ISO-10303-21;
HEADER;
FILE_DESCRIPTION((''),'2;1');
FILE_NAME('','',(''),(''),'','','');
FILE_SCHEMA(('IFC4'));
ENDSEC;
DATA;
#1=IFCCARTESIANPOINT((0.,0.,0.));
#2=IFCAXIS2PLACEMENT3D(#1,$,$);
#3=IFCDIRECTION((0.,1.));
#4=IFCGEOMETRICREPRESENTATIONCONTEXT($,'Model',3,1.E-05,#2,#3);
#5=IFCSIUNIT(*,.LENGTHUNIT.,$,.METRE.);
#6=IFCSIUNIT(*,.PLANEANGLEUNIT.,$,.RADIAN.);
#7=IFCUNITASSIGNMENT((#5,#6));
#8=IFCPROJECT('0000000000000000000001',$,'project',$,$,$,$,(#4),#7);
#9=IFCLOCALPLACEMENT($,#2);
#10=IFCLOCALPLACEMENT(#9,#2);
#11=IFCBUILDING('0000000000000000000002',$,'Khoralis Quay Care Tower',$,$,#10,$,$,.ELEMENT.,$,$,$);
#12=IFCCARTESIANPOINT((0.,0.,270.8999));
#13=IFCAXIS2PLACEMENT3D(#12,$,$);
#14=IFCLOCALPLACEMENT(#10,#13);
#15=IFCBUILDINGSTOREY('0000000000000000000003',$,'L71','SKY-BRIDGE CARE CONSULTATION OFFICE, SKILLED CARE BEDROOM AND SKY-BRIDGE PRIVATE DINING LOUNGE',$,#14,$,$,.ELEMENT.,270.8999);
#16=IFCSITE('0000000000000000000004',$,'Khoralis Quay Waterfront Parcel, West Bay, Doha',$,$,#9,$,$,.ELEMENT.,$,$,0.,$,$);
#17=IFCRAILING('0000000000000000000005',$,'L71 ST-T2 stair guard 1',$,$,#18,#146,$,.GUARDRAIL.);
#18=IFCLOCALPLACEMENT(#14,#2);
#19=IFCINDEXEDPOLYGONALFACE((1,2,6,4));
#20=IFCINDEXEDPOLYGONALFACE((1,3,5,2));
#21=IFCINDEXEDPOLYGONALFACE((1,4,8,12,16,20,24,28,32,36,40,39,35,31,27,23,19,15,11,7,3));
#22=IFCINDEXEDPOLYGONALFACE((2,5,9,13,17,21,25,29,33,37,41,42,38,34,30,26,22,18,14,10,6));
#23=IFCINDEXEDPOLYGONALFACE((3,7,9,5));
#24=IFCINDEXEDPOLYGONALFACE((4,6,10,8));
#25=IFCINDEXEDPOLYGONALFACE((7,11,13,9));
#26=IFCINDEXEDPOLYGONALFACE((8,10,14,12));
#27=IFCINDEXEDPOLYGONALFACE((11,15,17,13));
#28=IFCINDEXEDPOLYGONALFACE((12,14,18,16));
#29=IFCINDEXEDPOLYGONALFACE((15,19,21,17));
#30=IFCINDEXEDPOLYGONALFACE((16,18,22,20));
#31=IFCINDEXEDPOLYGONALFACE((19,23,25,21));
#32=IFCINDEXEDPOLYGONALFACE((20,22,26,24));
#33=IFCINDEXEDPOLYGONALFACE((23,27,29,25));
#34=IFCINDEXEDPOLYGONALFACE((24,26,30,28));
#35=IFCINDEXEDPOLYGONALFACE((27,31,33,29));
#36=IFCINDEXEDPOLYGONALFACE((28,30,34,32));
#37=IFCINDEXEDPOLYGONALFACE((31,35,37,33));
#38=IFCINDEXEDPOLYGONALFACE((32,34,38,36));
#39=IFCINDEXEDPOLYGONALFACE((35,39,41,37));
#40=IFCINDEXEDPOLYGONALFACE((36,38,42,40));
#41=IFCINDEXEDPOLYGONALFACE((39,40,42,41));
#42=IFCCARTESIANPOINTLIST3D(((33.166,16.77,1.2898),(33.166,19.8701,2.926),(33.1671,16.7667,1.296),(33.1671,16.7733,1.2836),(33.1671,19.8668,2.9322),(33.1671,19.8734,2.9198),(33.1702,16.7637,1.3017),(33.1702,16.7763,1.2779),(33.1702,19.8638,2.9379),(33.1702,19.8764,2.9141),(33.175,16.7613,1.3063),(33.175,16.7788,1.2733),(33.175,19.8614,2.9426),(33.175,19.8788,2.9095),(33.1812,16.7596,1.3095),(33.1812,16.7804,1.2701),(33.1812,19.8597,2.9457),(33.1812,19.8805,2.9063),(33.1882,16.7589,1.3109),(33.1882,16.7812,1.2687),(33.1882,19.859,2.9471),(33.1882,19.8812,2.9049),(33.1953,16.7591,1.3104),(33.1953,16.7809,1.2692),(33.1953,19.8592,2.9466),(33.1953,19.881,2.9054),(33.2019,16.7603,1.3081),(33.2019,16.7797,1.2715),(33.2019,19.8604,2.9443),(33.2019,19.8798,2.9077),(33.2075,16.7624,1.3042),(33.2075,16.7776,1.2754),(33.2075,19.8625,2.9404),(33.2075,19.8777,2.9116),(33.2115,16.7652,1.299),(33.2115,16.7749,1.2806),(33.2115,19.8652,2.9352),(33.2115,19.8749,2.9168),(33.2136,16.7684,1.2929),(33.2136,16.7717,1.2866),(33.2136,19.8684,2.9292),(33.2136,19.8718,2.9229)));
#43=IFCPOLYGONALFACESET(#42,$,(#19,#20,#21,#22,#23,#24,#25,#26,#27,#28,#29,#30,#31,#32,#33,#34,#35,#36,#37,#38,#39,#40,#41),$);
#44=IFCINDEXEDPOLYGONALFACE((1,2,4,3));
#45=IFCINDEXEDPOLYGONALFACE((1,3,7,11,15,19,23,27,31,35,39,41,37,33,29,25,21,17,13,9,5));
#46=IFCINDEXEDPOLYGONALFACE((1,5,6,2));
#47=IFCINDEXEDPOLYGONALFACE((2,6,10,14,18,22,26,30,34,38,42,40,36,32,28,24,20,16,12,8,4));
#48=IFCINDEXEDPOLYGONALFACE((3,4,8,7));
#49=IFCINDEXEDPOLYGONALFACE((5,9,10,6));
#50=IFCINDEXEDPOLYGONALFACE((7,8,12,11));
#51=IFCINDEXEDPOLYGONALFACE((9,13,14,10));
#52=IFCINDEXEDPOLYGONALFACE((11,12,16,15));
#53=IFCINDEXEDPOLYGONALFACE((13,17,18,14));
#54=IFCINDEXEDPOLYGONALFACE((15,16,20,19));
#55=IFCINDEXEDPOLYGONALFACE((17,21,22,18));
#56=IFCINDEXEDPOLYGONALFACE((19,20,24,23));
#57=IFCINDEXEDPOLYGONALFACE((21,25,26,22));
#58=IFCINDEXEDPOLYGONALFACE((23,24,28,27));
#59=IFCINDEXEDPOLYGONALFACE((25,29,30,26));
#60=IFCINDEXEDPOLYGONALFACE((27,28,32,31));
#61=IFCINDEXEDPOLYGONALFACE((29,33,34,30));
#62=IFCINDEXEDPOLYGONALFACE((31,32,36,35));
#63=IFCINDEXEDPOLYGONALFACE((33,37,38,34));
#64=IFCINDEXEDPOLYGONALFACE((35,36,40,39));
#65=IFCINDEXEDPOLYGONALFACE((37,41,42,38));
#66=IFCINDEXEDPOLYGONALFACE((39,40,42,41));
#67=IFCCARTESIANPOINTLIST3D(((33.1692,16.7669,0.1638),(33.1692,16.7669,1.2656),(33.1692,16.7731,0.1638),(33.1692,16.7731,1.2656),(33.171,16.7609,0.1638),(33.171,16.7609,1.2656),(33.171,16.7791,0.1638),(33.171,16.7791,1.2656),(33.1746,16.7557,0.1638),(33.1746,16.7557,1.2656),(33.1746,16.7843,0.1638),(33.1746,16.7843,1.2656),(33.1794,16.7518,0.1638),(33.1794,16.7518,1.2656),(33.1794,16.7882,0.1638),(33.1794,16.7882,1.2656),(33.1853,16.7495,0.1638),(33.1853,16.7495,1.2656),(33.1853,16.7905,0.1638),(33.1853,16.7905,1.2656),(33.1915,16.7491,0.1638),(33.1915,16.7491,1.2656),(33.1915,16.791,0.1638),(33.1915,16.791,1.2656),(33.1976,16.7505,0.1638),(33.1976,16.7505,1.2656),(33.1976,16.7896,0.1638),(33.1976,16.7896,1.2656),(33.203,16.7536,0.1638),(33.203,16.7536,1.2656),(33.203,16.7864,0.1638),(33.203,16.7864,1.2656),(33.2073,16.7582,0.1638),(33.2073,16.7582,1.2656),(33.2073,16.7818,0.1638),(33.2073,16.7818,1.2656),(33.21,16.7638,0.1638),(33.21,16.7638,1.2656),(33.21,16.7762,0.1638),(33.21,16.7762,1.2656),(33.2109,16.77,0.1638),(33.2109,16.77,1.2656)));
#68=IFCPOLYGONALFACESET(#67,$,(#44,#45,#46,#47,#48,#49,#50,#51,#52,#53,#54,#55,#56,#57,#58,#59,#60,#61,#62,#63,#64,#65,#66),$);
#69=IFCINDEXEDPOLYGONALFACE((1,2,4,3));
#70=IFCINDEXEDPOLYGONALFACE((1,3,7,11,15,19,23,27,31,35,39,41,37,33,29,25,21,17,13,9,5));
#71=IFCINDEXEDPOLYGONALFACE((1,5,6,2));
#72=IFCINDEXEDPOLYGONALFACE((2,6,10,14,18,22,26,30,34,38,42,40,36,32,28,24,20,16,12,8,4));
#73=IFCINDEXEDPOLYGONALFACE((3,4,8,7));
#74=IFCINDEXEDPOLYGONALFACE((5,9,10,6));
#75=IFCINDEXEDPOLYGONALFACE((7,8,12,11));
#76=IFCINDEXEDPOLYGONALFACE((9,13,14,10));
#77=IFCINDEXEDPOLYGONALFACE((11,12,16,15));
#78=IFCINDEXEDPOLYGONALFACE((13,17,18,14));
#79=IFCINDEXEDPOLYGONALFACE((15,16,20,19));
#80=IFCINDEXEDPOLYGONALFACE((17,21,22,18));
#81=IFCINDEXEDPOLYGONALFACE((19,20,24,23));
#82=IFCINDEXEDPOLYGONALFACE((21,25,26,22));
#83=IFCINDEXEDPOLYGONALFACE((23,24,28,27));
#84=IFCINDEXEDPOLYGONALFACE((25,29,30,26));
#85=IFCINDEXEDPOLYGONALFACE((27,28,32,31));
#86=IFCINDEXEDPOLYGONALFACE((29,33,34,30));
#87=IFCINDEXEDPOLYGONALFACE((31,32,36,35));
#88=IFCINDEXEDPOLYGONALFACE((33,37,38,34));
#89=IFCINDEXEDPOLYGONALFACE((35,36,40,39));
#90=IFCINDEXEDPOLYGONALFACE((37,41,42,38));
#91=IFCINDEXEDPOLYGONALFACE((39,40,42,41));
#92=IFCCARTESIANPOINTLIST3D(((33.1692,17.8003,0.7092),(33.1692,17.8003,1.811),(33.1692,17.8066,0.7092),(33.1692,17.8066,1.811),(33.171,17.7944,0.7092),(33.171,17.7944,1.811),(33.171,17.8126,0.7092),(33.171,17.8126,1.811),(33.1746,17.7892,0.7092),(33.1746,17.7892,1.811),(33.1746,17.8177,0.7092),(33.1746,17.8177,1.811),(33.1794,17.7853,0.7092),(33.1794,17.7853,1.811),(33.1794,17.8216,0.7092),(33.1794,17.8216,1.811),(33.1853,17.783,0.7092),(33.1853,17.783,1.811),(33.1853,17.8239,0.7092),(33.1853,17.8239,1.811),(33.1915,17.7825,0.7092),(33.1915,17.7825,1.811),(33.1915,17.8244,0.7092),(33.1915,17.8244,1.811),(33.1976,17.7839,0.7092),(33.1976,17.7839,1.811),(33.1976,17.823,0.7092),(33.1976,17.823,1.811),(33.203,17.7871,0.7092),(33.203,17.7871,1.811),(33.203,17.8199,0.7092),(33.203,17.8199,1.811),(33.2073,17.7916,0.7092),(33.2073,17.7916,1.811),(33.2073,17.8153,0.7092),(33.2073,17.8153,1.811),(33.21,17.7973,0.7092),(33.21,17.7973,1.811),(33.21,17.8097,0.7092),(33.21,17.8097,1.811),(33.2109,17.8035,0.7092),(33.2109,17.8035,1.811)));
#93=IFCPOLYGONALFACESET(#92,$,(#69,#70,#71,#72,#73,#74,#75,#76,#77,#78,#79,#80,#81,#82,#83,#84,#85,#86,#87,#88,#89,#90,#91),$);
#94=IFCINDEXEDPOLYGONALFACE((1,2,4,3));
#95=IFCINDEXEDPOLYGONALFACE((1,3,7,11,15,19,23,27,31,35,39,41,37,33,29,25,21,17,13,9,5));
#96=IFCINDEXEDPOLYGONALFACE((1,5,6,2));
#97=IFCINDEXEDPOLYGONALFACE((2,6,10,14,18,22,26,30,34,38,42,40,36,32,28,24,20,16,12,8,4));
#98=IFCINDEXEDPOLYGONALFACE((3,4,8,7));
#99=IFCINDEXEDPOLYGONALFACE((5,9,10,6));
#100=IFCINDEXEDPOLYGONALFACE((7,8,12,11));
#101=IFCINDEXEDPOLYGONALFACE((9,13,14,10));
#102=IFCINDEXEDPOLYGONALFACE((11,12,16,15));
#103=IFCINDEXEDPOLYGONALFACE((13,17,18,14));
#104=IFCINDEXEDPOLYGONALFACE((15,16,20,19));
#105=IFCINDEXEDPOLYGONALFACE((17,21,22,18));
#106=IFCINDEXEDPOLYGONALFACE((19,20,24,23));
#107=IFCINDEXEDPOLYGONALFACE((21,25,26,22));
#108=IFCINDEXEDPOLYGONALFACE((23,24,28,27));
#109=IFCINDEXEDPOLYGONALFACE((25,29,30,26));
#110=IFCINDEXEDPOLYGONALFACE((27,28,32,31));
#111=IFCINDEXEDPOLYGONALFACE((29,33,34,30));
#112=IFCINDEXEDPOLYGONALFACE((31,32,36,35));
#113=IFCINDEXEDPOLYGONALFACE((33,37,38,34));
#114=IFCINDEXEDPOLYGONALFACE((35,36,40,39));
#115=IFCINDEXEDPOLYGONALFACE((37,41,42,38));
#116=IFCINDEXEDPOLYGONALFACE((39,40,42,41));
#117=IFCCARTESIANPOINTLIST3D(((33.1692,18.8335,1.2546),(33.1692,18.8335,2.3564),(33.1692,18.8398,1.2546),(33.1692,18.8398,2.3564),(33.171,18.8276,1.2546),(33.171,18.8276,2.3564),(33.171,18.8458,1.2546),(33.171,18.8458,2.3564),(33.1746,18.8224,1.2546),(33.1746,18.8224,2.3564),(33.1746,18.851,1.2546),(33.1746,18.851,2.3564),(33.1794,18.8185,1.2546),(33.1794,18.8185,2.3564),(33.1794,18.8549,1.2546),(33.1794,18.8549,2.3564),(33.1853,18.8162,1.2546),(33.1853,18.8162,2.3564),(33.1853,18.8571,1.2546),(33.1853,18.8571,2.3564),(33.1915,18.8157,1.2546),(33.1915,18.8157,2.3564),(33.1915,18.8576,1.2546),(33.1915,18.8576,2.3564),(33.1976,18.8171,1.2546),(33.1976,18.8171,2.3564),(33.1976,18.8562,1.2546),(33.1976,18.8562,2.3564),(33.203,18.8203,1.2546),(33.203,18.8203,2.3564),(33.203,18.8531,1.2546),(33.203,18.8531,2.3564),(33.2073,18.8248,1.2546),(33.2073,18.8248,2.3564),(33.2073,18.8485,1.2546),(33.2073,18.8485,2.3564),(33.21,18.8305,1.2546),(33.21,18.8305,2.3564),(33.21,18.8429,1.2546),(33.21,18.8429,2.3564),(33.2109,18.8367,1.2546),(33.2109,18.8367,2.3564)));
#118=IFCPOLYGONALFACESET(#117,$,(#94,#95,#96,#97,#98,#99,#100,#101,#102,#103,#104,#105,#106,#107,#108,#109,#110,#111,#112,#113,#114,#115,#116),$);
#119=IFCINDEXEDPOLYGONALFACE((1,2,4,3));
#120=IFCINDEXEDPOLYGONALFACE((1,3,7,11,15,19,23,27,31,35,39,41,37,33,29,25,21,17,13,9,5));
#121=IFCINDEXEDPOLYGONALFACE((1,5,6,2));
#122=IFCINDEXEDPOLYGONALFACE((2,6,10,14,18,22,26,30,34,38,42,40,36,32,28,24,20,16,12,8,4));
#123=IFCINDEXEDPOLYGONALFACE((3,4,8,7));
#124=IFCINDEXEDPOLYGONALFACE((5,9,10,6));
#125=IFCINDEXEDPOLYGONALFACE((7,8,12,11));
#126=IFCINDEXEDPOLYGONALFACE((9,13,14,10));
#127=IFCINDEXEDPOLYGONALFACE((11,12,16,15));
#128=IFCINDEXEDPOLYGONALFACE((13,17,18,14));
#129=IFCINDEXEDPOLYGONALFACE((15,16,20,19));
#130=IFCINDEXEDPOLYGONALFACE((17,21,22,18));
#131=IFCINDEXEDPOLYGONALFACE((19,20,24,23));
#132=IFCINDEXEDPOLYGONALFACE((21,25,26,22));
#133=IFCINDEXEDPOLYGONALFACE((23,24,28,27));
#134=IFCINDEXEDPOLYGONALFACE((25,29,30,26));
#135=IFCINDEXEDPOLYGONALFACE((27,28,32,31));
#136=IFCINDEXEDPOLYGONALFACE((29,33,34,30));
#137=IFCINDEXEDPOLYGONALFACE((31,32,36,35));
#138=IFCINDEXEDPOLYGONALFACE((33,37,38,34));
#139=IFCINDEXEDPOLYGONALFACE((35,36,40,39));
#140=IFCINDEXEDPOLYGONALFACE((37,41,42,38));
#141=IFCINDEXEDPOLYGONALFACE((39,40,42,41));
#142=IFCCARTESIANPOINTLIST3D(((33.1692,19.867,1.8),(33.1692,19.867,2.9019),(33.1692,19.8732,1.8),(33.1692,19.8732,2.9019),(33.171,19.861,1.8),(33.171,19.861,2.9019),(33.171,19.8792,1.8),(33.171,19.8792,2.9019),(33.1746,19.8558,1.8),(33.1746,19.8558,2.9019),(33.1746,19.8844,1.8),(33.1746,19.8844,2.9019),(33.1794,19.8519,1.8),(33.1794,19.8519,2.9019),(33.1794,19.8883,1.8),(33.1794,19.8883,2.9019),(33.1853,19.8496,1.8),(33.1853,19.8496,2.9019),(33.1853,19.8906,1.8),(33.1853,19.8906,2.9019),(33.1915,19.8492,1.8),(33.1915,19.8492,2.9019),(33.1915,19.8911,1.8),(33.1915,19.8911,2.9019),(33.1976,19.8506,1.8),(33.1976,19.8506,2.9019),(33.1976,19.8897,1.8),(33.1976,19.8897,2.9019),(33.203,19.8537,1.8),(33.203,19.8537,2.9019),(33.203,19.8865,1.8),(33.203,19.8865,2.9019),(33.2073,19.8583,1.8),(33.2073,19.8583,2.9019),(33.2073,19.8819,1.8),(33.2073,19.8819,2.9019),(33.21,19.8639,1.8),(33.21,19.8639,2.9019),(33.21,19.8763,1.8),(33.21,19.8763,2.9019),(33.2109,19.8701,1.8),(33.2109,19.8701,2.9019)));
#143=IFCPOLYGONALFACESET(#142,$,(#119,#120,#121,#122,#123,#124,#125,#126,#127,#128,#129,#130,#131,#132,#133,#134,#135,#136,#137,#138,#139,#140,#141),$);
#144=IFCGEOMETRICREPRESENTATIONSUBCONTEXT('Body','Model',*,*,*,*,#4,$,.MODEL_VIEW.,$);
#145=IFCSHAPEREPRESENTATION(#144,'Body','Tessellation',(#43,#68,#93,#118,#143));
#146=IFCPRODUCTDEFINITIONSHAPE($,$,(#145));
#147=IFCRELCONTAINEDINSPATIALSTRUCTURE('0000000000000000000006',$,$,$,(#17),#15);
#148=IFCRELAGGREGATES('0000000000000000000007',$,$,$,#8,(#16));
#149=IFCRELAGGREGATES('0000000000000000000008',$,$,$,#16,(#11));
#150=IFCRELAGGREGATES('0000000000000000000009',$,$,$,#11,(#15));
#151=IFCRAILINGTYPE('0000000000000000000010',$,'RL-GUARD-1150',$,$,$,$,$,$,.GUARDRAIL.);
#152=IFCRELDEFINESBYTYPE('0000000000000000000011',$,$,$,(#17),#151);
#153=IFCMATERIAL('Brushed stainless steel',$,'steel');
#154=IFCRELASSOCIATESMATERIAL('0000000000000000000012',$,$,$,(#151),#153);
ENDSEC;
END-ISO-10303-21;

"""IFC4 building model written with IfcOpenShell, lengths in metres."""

from ifc_helpers import new_model, si_unit, direction, frame, origin, origin_2d, place, context, subcontext, project, spatial, circle, extrude, material, type_object, element, save


model = new_model("IFC4")

# Units and contexts
model_context = context("Model", 3, precision=1e-05, world=origin(), true_north=direction((0.0, 1.0)))
body_context = subcontext(model_context, "Body", "Model", "MODEL_VIEW")
ifc_project = project(units=[si_unit("LENGTHUNIT", "METRE"), si_unit("PLANEANGLEUNIT", "RADIAN")], contexts=[model_context])

# Site, building, storey
site_placement = place(None, origin())
site = spatial("IfcSite", under=ifc_project, at=site_placement, Name="Khoralis Quay Waterfront Parcel, West Bay, Doha", CompositionType="ELEMENT", RefElevation=0.0)
building_placement = place(site_placement, origin())
building = spatial("IfcBuilding", under=site, at=building_placement, Name="Khoralis Quay Care Tower", CompositionType="ELEMENT")
storey_placement = place(building_placement, frame((0.0, 0.0, 270.8999)))
storey = spatial("IfcBuildingStorey", under=building, at=storey_placement, Name="L71", Description="SKY-BRIDGE CARE CONSULTATION OFFICE, SKILLED CARE BEDROOM AND SKY-BRIDGE PRIVATE DINING LOUNGE", CompositionType="ELEMENT", Elevation=270.8999)

# Railing
ifc_material_1 = material(Name="Brushed stainless steel", Category="steel")
railing_type_1 = type_object("IfcRailingType", Name="RL-GUARD-1150", PredefinedType="GUARDRAIL", material=ifc_material_1)
railing_1_placement = place(storey_placement, frame((33.1899, 16.77, 0.1638)))
element("IfcRailing", 1, at=railing_1_placement, inside=storey, type_object=railing_type_1, Name="L71 ST-T2 stair guard 1", PredefinedType="GUARDRAIL", context=body_context, shape_type="SweptSolid", body=[
    extrude(circle(Radius=0.0239, at=origin_2d()), frame((0.0, 0.0, 1.126), z_axis=(0.0, 0.884377, 0.466774), x_axis=(-1.0, 0.0, 0.0)), (0.0, 0.0, 1.0), 3.5054),
    extrude(circle(Radius=0.021, at=origin_2d()), origin(), (0.0, 0.0, 1.0), 1.1018),
    extrude(circle(Radius=0.021, at=origin_2d()), frame((0.0, 1.0334, 0.5454)), (0.0, 0.0, 1.0), 1.1018),
    extrude(circle(Radius=0.021, at=origin_2d()), frame((0.0, 2.0667, 1.0908)), (0.0, 0.0, 1.0), 1.1018),
    extrude(circle(Radius=0.021, at=origin_2d()), frame((0.0, 3.1001, 1.6362)), (0.0, 0.0, 1.0), 1.1018),
])

save(model, "model.ifc")
